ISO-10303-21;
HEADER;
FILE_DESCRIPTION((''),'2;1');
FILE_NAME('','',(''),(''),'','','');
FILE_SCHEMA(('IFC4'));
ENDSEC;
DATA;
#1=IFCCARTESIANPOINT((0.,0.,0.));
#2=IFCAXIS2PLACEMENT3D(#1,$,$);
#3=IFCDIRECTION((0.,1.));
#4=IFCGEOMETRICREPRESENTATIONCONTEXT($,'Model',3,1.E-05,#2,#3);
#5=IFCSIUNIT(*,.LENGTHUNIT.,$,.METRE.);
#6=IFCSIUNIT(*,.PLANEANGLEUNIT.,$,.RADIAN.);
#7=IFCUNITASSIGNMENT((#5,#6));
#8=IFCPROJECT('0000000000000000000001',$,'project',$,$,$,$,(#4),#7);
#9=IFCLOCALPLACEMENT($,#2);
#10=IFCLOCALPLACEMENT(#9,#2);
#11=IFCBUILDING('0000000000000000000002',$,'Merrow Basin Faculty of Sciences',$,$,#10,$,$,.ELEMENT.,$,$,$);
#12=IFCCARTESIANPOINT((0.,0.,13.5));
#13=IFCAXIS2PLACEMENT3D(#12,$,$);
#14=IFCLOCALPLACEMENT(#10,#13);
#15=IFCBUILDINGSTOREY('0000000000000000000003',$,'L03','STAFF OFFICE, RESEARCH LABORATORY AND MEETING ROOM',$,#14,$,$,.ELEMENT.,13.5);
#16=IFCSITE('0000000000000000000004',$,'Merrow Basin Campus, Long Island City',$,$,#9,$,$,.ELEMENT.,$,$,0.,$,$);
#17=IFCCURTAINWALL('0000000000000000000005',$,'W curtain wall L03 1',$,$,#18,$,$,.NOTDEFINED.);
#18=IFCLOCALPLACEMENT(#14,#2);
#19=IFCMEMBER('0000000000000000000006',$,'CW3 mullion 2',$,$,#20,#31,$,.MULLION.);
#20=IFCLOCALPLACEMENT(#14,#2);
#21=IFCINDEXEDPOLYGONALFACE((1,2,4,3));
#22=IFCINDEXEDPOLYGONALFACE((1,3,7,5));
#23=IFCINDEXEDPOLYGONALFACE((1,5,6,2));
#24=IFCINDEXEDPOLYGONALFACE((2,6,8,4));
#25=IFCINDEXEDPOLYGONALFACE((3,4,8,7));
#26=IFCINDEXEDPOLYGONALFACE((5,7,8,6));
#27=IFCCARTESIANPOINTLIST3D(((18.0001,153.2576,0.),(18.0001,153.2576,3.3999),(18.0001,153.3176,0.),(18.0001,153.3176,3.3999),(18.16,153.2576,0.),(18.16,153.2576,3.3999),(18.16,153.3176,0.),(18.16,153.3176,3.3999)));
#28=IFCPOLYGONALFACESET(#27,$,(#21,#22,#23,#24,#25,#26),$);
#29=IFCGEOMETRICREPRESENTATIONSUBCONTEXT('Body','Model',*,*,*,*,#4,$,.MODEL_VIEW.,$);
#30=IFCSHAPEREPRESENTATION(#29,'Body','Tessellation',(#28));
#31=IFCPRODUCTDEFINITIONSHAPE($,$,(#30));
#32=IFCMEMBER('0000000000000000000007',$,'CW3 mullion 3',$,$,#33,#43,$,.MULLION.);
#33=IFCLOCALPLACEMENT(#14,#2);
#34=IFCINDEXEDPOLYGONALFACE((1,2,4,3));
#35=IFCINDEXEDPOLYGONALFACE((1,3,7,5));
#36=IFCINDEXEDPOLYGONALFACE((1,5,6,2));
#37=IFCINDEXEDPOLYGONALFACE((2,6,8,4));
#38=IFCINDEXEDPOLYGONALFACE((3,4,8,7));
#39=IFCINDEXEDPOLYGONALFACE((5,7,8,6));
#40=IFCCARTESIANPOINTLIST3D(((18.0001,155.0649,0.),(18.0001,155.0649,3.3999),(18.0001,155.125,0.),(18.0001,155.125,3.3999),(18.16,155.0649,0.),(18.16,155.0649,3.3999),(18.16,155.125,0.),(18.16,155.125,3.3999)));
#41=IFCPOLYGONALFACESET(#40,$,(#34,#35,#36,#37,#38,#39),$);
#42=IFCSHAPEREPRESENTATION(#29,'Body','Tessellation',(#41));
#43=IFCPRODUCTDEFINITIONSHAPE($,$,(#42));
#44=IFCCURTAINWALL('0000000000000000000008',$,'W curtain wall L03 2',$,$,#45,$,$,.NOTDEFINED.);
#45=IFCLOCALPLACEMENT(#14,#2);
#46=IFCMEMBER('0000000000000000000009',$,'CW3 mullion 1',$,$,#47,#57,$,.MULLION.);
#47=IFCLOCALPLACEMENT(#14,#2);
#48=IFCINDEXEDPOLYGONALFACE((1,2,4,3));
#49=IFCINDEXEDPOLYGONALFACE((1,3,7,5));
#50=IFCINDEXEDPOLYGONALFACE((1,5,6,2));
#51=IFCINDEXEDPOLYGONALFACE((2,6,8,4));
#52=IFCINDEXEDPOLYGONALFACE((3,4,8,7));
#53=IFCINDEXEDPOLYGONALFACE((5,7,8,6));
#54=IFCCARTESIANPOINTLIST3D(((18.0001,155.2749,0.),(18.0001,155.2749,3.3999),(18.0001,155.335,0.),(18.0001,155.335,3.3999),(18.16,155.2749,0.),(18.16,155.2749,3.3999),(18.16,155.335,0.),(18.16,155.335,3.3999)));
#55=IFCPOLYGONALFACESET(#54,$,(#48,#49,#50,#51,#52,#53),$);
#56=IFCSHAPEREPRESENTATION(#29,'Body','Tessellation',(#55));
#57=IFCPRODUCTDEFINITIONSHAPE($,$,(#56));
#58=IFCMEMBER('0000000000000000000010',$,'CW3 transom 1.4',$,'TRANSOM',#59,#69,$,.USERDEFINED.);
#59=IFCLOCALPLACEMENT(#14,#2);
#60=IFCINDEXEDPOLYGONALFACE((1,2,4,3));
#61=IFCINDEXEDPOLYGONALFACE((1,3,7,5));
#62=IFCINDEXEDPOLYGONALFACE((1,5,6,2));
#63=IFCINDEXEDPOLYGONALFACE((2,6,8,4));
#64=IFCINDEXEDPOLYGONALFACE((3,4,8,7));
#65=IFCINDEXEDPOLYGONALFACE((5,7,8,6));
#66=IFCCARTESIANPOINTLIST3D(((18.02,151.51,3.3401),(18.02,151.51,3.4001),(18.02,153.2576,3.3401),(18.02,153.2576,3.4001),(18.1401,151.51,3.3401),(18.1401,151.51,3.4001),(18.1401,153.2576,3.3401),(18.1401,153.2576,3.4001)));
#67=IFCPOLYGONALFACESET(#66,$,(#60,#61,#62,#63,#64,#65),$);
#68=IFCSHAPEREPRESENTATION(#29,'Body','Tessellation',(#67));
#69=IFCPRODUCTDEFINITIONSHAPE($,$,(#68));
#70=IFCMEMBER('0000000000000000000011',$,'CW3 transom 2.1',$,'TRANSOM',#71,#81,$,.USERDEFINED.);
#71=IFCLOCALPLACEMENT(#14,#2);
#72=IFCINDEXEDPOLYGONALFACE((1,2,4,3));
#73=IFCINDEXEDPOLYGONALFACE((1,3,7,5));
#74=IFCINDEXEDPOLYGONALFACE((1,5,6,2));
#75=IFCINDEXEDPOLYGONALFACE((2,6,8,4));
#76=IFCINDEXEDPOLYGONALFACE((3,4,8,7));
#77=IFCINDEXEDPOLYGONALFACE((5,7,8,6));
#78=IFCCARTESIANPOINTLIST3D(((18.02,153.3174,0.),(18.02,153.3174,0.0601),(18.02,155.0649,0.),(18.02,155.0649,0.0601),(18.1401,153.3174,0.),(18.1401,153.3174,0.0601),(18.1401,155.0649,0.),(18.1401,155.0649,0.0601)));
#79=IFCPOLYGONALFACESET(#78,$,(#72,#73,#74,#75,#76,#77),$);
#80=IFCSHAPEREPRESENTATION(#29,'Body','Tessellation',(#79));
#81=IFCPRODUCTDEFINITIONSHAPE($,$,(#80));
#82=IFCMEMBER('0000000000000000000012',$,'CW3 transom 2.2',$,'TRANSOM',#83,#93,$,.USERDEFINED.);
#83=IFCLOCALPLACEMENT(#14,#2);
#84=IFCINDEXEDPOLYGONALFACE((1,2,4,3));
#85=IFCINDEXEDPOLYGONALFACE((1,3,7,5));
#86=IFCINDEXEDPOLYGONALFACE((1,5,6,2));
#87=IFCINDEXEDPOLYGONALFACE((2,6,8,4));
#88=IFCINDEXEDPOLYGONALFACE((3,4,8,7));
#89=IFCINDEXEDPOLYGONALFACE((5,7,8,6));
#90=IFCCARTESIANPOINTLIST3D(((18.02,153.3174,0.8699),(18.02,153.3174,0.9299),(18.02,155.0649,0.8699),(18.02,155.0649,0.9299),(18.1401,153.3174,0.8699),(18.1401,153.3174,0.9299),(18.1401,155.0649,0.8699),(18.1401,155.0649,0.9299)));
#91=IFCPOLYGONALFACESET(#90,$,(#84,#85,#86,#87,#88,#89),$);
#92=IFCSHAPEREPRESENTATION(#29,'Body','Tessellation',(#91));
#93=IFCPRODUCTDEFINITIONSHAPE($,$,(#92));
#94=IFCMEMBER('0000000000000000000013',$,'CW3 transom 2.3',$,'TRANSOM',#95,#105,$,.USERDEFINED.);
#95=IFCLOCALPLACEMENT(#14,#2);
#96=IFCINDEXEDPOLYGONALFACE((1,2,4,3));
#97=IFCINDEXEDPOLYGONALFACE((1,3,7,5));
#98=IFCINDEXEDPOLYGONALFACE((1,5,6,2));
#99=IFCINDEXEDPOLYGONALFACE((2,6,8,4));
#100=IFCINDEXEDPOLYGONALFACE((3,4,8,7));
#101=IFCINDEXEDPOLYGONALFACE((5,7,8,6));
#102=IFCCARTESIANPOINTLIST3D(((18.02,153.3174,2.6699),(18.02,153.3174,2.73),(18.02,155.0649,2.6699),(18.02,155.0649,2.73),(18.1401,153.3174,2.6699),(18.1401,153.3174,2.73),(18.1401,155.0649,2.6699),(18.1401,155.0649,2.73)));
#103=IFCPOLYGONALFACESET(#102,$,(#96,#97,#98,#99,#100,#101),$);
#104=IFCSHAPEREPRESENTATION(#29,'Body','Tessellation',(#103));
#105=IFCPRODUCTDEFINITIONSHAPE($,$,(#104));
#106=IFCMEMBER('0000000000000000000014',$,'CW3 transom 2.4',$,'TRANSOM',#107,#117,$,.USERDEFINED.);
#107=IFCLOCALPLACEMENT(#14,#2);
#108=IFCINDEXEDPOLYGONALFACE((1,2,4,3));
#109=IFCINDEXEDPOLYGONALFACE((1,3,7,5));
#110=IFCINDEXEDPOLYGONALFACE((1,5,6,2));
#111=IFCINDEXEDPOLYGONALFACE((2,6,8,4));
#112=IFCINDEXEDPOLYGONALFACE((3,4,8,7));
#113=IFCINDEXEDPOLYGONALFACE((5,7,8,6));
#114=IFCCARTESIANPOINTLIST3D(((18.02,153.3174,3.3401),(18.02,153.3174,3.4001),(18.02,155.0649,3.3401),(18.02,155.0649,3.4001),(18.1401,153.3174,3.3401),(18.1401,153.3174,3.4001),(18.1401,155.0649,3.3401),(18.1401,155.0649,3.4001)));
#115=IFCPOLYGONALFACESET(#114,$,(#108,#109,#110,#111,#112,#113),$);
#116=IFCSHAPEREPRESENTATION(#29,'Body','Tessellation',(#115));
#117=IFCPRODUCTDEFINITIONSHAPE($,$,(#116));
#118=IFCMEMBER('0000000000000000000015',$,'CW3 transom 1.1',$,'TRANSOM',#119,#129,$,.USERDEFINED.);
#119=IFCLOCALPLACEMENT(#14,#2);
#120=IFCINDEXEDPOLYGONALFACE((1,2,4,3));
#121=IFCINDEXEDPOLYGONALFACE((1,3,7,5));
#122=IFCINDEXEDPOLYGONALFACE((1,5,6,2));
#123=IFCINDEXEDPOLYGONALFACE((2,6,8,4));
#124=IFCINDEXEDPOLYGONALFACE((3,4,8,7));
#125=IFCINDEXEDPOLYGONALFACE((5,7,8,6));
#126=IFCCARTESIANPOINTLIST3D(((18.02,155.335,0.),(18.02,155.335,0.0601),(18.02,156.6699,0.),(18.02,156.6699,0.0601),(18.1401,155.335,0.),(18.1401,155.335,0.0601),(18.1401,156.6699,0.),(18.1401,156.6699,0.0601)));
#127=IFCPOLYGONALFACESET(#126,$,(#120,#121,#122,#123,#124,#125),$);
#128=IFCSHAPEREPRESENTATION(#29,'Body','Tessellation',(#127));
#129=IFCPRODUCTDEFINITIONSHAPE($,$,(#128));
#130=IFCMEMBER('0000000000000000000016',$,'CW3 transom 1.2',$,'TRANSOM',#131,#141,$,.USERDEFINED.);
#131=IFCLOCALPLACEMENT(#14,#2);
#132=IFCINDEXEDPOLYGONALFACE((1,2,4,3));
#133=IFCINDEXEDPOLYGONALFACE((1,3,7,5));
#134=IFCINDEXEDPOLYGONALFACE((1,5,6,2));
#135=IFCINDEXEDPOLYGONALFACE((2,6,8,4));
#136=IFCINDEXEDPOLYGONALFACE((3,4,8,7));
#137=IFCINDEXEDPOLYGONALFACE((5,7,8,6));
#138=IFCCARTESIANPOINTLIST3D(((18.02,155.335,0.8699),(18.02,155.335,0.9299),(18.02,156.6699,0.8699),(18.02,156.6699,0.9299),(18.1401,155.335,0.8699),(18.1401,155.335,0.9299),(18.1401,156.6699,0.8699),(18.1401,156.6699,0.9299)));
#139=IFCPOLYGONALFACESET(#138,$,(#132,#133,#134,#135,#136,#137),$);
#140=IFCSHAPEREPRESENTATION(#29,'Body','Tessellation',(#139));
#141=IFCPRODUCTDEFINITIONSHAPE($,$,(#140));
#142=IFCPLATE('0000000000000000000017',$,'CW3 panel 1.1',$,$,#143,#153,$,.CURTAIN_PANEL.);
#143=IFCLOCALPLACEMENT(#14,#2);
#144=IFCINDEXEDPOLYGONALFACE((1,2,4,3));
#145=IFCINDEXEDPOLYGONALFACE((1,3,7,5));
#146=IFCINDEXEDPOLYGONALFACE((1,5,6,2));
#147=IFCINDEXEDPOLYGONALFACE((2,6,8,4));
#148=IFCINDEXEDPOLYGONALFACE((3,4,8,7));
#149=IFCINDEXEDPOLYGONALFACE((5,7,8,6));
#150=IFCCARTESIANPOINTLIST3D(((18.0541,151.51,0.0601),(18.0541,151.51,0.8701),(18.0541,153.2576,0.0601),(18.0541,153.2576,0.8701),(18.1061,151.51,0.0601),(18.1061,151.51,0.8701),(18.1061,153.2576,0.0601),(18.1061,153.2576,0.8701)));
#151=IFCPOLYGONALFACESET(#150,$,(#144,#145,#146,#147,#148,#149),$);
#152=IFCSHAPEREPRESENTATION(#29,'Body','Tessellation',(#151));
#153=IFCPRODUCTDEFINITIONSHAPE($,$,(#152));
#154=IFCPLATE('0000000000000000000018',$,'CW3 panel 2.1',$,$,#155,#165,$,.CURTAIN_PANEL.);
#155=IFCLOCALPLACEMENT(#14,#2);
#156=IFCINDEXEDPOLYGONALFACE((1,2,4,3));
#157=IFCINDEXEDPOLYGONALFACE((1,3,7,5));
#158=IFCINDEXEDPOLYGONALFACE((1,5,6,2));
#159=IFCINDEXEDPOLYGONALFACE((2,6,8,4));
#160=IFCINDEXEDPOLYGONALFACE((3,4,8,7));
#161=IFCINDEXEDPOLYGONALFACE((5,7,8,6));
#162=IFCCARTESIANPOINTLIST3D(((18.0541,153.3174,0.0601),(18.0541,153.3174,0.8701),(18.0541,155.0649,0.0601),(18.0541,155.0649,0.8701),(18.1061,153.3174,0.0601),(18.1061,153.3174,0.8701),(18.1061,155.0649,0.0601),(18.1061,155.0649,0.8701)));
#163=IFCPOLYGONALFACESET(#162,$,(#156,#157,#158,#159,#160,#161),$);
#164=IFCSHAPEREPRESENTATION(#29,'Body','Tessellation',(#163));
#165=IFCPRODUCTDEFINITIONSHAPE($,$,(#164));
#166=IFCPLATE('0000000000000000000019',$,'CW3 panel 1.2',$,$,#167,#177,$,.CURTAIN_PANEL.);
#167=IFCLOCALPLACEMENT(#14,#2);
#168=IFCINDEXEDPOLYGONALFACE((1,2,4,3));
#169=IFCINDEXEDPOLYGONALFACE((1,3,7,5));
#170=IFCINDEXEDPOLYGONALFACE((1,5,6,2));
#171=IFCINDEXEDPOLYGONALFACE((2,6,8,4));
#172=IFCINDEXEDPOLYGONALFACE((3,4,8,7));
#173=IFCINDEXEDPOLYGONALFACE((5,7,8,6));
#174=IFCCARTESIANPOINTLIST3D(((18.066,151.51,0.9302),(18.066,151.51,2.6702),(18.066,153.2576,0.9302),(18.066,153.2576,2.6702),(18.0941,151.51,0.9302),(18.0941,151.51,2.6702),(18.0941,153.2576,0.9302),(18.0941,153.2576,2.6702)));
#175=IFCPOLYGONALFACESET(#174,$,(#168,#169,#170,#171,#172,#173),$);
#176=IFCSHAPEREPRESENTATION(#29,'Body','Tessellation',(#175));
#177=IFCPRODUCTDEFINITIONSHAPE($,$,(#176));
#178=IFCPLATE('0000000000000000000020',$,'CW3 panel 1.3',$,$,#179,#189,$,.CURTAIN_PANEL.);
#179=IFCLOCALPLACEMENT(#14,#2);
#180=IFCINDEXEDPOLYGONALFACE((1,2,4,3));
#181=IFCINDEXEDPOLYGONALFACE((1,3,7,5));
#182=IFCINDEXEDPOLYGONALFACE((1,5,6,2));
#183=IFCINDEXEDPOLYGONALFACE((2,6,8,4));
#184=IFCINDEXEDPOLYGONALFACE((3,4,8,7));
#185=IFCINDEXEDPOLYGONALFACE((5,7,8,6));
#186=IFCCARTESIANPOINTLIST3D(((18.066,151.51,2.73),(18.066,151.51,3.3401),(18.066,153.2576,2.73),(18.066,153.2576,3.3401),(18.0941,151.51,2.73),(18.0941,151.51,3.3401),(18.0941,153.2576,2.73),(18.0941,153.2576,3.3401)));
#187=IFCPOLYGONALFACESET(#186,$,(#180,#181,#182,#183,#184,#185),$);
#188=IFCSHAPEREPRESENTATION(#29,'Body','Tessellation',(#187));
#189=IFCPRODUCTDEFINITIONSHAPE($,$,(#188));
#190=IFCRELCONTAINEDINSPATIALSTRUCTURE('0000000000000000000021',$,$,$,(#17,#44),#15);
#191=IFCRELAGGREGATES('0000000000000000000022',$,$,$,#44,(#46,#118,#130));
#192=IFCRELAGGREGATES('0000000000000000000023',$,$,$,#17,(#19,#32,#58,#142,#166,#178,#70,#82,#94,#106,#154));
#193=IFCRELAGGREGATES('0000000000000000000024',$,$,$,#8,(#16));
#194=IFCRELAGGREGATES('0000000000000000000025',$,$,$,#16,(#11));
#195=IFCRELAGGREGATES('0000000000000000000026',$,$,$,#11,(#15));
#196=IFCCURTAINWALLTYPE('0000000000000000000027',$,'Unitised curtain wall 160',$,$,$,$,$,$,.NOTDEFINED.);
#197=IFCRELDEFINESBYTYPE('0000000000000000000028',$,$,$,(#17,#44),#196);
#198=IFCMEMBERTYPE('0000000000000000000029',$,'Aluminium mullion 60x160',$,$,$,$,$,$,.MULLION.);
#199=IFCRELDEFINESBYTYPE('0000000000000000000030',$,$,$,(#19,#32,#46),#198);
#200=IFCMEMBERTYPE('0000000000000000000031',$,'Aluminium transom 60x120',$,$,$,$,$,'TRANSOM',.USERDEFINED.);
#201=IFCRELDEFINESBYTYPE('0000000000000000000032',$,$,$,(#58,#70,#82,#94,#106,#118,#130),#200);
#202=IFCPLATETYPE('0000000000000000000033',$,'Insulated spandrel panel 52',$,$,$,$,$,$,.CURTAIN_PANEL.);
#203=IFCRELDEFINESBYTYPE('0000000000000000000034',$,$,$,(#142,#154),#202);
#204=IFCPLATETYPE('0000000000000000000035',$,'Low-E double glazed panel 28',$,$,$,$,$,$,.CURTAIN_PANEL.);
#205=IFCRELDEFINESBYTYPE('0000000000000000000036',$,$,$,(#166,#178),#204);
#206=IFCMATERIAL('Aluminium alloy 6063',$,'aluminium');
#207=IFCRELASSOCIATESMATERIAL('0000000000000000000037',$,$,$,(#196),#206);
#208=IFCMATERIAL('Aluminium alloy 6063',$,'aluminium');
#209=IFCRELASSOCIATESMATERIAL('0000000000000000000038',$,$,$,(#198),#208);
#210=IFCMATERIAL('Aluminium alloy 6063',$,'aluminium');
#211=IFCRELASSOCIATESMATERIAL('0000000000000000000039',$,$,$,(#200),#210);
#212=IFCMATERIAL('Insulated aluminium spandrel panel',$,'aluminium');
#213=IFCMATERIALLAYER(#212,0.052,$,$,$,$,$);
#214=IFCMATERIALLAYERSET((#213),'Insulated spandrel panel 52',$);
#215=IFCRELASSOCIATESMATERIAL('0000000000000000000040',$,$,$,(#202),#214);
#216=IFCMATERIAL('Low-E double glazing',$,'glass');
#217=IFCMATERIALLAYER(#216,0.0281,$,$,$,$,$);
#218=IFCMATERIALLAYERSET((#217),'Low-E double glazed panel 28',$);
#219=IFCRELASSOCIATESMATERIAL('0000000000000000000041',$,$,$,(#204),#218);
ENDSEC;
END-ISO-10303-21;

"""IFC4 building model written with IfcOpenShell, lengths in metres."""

from ifc_helpers import new_model, si_unit, direction, frame, origin, origin_2d, place, context, subcontext, project, spatial, rectangle, extrude, material, layer, layer_set, material_profile, profile_set, type_object, element, aggregate, save


model = new_model("IFC4")

# Units and contexts
model_context = context("Model", 3, precision=1e-05, world=origin(), true_north=direction((0.0, 1.0)))
body_context = subcontext(model_context, "Body", "Model", "MODEL_VIEW")
ifc_project = project(units=[si_unit("LENGTHUNIT", "METRE"), si_unit("PLANEANGLEUNIT", "RADIAN")], contexts=[model_context])

# Site, building, storey
site_placement = place(None, origin())
site = spatial("IfcSite", under=ifc_project, at=site_placement, Name="Merrow Basin Campus, Long Island City", CompositionType="ELEMENT", RefElevation=0.0)
building_placement = place(site_placement, origin())
building = spatial("IfcBuilding", under=site, at=building_placement, Name="Merrow Basin Faculty of Sciences", CompositionType="ELEMENT")
storey_placement = place(building_placement, frame((0.0, 0.0, 13.5)))
storey = spatial("IfcBuildingStorey", under=building, at=storey_placement, Name="L03", Description="STAFF OFFICE, RESEARCH LABORATORY AND MEETING ROOM", CompositionType="ELEMENT", Elevation=13.5)

# Curtain wall, members
ifc_material_1 = material(Name="Aluminium alloy 6063", Category="aluminium")
curtain_wall_type = type_object("IfcCurtainWallType", Name="Unitised curtain wall 160", PredefinedType="NOTDEFINED", material=ifc_material_1)
curtain_wall_1_placement = place(storey_placement, origin())
curtain_wall_1 = element("IfcCurtainWall", 1, at=curtain_wall_1_placement, inside=storey, type_object=curtain_wall_type, Name="W curtain wall L03 1", PredefinedType="NOTDEFINED")
ifc_material_2 = material(Name="Aluminium alloy 6063", Category="aluminium")
ifc_material_profile_1 = material_profile(ifc_material_2, rectangle(XDim=0.1599, YDim=0.0601, at=origin_2d()))
ifc_profile_set_1 = profile_set([ifc_material_profile_1], Name="Aluminium alloy 6063")
member_type_1 = type_object("IfcMemberType", Name="Aluminium mullion 60x160", PredefinedType="MULLION", material=ifc_profile_set_1)
member_1_placement = place(storey_placement, frame((18.0801, 153.2876, 0.0), z_axis=(0.0, 0.0, 1.0), x_axis=(-1.0, 0.0, 0.0)))
member_1 = element("IfcMember", 2, at=member_1_placement, type_object=member_type_1, Name="CW3 mullion 2", PredefinedType="MULLION", context=body_context, shape_type="SweptSolid", body=[
    extrude(rectangle(XDim=0.1599, YDim=0.0601, at=origin_2d()), origin(), (0.0, 0.0, 1.0), 3.3999),
])
member_2_placement = place(storey_placement, frame((18.0801, 155.095, 0.0), z_axis=(0.0, 0.0, 1.0), x_axis=(-1.0, 0.0, 0.0)))
member_2 = element("IfcMember", 3, at=member_2_placement, type_object=member_type_1, Name="CW3 mullion 3", PredefinedType="MULLION", context=body_context, shape_type="SweptSolid", body=[
    extrude(rectangle(XDim=0.1599, YDim=0.0601, at=origin_2d()), origin(), (0.0, 0.0, 1.0), 3.3999),
])

# Curtain wall, member
curtain_wall_2_placement = place(storey_placement, origin())
curtain_wall_2 = element("IfcCurtainWall", 4, at=curtain_wall_2_placement, inside=storey, type_object=curtain_wall_type, Name="W curtain wall L03 2", PredefinedType="NOTDEFINED")
member_3_placement = place(storey_placement, frame((18.0801, 155.3049, 0.0), z_axis=(0.0, 0.0, 1.0), x_axis=(-1.0, 0.0, 0.0)))
member_3 = element("IfcMember", 5, at=member_3_placement, type_object=member_type_1, Name="CW3 mullion 1", PredefinedType="MULLION", context=body_context, shape_type="SweptSolid", body=[
    extrude(rectangle(XDim=0.1599, YDim=0.0601, at=origin_2d()), origin(), (0.0, 0.0, 1.0), 3.3999),
])

# Members
ifc_material_3 = material(Name="Aluminium alloy 6063", Category="aluminium")
ifc_material_profile_2 = material_profile(ifc_material_3, rectangle(XDim=0.1201, YDim=0.0601, at=origin_2d()))
ifc_profile_set_2 = profile_set([ifc_material_profile_2], Name="Aluminium alloy 6063")
member_type_2 = type_object("IfcMemberType", Name="Aluminium transom 60x120", ElementType="TRANSOM", PredefinedType="USERDEFINED", material=ifc_profile_set_2)
member_4_placement = place(storey_placement, frame((18.0801, 151.51, 3.3701), z_axis=(0.0, 1.0, 0.0), x_axis=(-1.0, 0.0, 0.0)))
member_4 = element("IfcMember", 6, at=member_4_placement, type_object=member_type_2, Name="CW3 transom 1.4", ObjectType="TRANSOM", PredefinedType="USERDEFINED", context=body_context, shape_type="SweptSolid", body=[
    extrude(rectangle(XDim=0.1201, YDim=0.0601, at=origin_2d()), origin(), (0.0, 0.0, 1.0), 1.7476),
])
member_5_placement = place(storey_placement, frame((18.0801, 153.3174, 0.03), z_axis=(0.0, 1.0, 0.0), x_axis=(-1.0, 0.0, 0.0)))
member_5 = element("IfcMember", 7, at=member_5_placement, type_object=member_type_2, Name="CW3 transom 2.1", ObjectType="TRANSOM", PredefinedType="USERDEFINED", context=body_context, shape_type="SweptSolid", body=[
    extrude(rectangle(XDim=0.1201, YDim=0.0601, at=origin_2d()), origin(), (0.0, 0.0, 1.0), 1.7476),
])
member_6_placement = place(storey_placement, frame((18.0801, 153.3174, 0.8999), z_axis=(0.0, 1.0, 0.0), x_axis=(-1.0, 0.0, 0.0)))
member_6 = element("IfcMember", 8, at=member_6_placement, type_object=member_type_2, Name="CW3 transom 2.2", ObjectType="TRANSOM", PredefinedType="USERDEFINED", context=body_context, shape_type="SweptSolid", body=[
    extrude(rectangle(XDim=0.1201, YDim=0.0601, at=origin_2d()), origin(), (0.0, 0.0, 1.0), 1.7476),
])
member_7_placement = place(storey_placement, frame((18.0801, 153.3174, 2.7), z_axis=(0.0, 1.0, 0.0), x_axis=(-1.0, 0.0, 0.0)))
member_7 = element("IfcMember", 9, at=member_7_placement, type_object=member_type_2, Name="CW3 transom 2.3", ObjectType="TRANSOM", PredefinedType="USERDEFINED", context=body_context, shape_type="SweptSolid", body=[
    extrude(rectangle(XDim=0.1201, YDim=0.0601, at=origin_2d()), origin(), (0.0, 0.0, 1.0), 1.7476),
])
member_8_placement = place(storey_placement, frame((18.0801, 153.3174, 3.3701), z_axis=(0.0, 1.0, 0.0), x_axis=(-1.0, 0.0, 0.0)))
member_8 = element("IfcMember", 10, at=member_8_placement, type_object=member_type_2, Name="CW3 transom 2.4", ObjectType="TRANSOM", PredefinedType="USERDEFINED", context=body_context, shape_type="SweptSolid", body=[
    extrude(rectangle(XDim=0.1201, YDim=0.0601, at=origin_2d()), origin(), (0.0, 0.0, 1.0), 1.7476),
])
member_9_placement = place(storey_placement, frame((18.0801, 155.335, 0.03), z_axis=(0.0, 1.0, 0.0), x_axis=(-1.0, 0.0, 0.0)))
member_9 = element("IfcMember", 11, at=member_9_placement, type_object=member_type_2, Name="CW3 transom 1.1", ObjectType="TRANSOM", PredefinedType="USERDEFINED", context=body_context, shape_type="SweptSolid", body=[
    extrude(rectangle(XDim=0.1201, YDim=0.0601, at=origin_2d()), origin(), (0.0, 0.0, 1.0), 1.335),
])
member_10_placement = place(storey_placement, frame((18.0801, 155.335, 0.8999), z_axis=(0.0, 1.0, 0.0), x_axis=(-1.0, 0.0, 0.0)))
member_10 = element("IfcMember", 12, at=member_10_placement, type_object=member_type_2, Name="CW3 transom 1.2", ObjectType="TRANSOM", PredefinedType="USERDEFINED", context=body_context, shape_type="SweptSolid", body=[
    extrude(rectangle(XDim=0.1201, YDim=0.0601, at=origin_2d()), origin(), (0.0, 0.0, 1.0), 1.335),
])
aggregate(curtain_wall_2, [member_3, member_9, member_10])

# Plates
ifc_material_4 = material(Name="Insulated aluminium spandrel panel", Category="aluminium")
ifc_layer_1 = layer(ifc_material_4, 0.052)
ifc_layer_set_1 = layer_set([ifc_layer_1], Name="Insulated spandrel panel 52")
plate_type_1 = type_object("IfcPlateType", Name="Insulated spandrel panel 52", PredefinedType="CURTAIN_PANEL", material=ifc_layer_set_1)
plate_1_placement = place(storey_placement, frame((18.0801, 152.3838, 0.0601), z_axis=(0.0, 0.0, 1.0), x_axis=(0.0, 1.0, 0.0)))
plate_1 = element("IfcPlate", 13, at=plate_1_placement, type_object=plate_type_1, Name="CW3 panel 1.1", PredefinedType="CURTAIN_PANEL", context=body_context, shape_type="SweptSolid", body=[
    extrude(rectangle(XDim=1.7476, YDim=0.052, at=origin_2d()), origin(), (0.0, 0.0, 1.0), 0.8101),
])
plate_2_placement = place(storey_placement, frame((18.0801, 154.1912, 0.0601), z_axis=(0.0, 0.0, 1.0), x_axis=(0.0, 1.0, 0.0)))
plate_2 = element("IfcPlate", 14, at=plate_2_placement, type_object=plate_type_1, Name="CW3 panel 2.1", PredefinedType="CURTAIN_PANEL", context=body_context, shape_type="SweptSolid", body=[
    extrude(rectangle(XDim=1.7476, YDim=0.052, at=origin_2d()), origin(), (0.0, 0.0, 1.0), 0.8101),
])
ifc_material_5 = material(Name="Low-E double glazing", Category="glass")
ifc_layer_2 = layer(ifc_material_5, 0.0281)
ifc_layer_set_2 = layer_set([ifc_layer_2], Name="Low-E double glazed panel 28")
plate_type_2 = type_object("IfcPlateType", Name="Low-E double glazed panel 28", PredefinedType="CURTAIN_PANEL", material=ifc_layer_set_2)
plate_3_placement = place(storey_placement, frame((18.0801, 152.3838, 0.9302), z_axis=(0.0, 0.0, 1.0), x_axis=(0.0, 1.0, 0.0)))
plate_3 = element("IfcPlate", 15, at=plate_3_placement, type_object=plate_type_2, Name="CW3 panel 1.2", PredefinedType="CURTAIN_PANEL", context=body_context, shape_type="SweptSolid", body=[
    extrude(rectangle(XDim=1.7476, YDim=0.0281, at=origin_2d()), origin(), (0.0, 0.0, 1.0), 1.74),
])
plate_4_placement = place(storey_placement, frame((18.0801, 152.3838, 2.73), z_axis=(0.0, 0.0, 1.0), x_axis=(0.0, 1.0, 0.0)))
plate_4 = element("IfcPlate", 16, at=plate_4_placement, type_object=plate_type_2, Name="CW3 panel 1.3", PredefinedType="CURTAIN_PANEL", context=body_context, shape_type="SweptSolid", body=[
    extrude(rectangle(XDim=1.7476, YDim=0.0281, at=origin_2d()), origin(), (0.0, 0.0, 1.0), 0.6101),
])
aggregate(curtain_wall_1, [member_1, member_2, member_4, plate_1, plate_3, plate_4, member_5, member_6, member_7, member_8, plate_2])

save(model, "model.ifc")
